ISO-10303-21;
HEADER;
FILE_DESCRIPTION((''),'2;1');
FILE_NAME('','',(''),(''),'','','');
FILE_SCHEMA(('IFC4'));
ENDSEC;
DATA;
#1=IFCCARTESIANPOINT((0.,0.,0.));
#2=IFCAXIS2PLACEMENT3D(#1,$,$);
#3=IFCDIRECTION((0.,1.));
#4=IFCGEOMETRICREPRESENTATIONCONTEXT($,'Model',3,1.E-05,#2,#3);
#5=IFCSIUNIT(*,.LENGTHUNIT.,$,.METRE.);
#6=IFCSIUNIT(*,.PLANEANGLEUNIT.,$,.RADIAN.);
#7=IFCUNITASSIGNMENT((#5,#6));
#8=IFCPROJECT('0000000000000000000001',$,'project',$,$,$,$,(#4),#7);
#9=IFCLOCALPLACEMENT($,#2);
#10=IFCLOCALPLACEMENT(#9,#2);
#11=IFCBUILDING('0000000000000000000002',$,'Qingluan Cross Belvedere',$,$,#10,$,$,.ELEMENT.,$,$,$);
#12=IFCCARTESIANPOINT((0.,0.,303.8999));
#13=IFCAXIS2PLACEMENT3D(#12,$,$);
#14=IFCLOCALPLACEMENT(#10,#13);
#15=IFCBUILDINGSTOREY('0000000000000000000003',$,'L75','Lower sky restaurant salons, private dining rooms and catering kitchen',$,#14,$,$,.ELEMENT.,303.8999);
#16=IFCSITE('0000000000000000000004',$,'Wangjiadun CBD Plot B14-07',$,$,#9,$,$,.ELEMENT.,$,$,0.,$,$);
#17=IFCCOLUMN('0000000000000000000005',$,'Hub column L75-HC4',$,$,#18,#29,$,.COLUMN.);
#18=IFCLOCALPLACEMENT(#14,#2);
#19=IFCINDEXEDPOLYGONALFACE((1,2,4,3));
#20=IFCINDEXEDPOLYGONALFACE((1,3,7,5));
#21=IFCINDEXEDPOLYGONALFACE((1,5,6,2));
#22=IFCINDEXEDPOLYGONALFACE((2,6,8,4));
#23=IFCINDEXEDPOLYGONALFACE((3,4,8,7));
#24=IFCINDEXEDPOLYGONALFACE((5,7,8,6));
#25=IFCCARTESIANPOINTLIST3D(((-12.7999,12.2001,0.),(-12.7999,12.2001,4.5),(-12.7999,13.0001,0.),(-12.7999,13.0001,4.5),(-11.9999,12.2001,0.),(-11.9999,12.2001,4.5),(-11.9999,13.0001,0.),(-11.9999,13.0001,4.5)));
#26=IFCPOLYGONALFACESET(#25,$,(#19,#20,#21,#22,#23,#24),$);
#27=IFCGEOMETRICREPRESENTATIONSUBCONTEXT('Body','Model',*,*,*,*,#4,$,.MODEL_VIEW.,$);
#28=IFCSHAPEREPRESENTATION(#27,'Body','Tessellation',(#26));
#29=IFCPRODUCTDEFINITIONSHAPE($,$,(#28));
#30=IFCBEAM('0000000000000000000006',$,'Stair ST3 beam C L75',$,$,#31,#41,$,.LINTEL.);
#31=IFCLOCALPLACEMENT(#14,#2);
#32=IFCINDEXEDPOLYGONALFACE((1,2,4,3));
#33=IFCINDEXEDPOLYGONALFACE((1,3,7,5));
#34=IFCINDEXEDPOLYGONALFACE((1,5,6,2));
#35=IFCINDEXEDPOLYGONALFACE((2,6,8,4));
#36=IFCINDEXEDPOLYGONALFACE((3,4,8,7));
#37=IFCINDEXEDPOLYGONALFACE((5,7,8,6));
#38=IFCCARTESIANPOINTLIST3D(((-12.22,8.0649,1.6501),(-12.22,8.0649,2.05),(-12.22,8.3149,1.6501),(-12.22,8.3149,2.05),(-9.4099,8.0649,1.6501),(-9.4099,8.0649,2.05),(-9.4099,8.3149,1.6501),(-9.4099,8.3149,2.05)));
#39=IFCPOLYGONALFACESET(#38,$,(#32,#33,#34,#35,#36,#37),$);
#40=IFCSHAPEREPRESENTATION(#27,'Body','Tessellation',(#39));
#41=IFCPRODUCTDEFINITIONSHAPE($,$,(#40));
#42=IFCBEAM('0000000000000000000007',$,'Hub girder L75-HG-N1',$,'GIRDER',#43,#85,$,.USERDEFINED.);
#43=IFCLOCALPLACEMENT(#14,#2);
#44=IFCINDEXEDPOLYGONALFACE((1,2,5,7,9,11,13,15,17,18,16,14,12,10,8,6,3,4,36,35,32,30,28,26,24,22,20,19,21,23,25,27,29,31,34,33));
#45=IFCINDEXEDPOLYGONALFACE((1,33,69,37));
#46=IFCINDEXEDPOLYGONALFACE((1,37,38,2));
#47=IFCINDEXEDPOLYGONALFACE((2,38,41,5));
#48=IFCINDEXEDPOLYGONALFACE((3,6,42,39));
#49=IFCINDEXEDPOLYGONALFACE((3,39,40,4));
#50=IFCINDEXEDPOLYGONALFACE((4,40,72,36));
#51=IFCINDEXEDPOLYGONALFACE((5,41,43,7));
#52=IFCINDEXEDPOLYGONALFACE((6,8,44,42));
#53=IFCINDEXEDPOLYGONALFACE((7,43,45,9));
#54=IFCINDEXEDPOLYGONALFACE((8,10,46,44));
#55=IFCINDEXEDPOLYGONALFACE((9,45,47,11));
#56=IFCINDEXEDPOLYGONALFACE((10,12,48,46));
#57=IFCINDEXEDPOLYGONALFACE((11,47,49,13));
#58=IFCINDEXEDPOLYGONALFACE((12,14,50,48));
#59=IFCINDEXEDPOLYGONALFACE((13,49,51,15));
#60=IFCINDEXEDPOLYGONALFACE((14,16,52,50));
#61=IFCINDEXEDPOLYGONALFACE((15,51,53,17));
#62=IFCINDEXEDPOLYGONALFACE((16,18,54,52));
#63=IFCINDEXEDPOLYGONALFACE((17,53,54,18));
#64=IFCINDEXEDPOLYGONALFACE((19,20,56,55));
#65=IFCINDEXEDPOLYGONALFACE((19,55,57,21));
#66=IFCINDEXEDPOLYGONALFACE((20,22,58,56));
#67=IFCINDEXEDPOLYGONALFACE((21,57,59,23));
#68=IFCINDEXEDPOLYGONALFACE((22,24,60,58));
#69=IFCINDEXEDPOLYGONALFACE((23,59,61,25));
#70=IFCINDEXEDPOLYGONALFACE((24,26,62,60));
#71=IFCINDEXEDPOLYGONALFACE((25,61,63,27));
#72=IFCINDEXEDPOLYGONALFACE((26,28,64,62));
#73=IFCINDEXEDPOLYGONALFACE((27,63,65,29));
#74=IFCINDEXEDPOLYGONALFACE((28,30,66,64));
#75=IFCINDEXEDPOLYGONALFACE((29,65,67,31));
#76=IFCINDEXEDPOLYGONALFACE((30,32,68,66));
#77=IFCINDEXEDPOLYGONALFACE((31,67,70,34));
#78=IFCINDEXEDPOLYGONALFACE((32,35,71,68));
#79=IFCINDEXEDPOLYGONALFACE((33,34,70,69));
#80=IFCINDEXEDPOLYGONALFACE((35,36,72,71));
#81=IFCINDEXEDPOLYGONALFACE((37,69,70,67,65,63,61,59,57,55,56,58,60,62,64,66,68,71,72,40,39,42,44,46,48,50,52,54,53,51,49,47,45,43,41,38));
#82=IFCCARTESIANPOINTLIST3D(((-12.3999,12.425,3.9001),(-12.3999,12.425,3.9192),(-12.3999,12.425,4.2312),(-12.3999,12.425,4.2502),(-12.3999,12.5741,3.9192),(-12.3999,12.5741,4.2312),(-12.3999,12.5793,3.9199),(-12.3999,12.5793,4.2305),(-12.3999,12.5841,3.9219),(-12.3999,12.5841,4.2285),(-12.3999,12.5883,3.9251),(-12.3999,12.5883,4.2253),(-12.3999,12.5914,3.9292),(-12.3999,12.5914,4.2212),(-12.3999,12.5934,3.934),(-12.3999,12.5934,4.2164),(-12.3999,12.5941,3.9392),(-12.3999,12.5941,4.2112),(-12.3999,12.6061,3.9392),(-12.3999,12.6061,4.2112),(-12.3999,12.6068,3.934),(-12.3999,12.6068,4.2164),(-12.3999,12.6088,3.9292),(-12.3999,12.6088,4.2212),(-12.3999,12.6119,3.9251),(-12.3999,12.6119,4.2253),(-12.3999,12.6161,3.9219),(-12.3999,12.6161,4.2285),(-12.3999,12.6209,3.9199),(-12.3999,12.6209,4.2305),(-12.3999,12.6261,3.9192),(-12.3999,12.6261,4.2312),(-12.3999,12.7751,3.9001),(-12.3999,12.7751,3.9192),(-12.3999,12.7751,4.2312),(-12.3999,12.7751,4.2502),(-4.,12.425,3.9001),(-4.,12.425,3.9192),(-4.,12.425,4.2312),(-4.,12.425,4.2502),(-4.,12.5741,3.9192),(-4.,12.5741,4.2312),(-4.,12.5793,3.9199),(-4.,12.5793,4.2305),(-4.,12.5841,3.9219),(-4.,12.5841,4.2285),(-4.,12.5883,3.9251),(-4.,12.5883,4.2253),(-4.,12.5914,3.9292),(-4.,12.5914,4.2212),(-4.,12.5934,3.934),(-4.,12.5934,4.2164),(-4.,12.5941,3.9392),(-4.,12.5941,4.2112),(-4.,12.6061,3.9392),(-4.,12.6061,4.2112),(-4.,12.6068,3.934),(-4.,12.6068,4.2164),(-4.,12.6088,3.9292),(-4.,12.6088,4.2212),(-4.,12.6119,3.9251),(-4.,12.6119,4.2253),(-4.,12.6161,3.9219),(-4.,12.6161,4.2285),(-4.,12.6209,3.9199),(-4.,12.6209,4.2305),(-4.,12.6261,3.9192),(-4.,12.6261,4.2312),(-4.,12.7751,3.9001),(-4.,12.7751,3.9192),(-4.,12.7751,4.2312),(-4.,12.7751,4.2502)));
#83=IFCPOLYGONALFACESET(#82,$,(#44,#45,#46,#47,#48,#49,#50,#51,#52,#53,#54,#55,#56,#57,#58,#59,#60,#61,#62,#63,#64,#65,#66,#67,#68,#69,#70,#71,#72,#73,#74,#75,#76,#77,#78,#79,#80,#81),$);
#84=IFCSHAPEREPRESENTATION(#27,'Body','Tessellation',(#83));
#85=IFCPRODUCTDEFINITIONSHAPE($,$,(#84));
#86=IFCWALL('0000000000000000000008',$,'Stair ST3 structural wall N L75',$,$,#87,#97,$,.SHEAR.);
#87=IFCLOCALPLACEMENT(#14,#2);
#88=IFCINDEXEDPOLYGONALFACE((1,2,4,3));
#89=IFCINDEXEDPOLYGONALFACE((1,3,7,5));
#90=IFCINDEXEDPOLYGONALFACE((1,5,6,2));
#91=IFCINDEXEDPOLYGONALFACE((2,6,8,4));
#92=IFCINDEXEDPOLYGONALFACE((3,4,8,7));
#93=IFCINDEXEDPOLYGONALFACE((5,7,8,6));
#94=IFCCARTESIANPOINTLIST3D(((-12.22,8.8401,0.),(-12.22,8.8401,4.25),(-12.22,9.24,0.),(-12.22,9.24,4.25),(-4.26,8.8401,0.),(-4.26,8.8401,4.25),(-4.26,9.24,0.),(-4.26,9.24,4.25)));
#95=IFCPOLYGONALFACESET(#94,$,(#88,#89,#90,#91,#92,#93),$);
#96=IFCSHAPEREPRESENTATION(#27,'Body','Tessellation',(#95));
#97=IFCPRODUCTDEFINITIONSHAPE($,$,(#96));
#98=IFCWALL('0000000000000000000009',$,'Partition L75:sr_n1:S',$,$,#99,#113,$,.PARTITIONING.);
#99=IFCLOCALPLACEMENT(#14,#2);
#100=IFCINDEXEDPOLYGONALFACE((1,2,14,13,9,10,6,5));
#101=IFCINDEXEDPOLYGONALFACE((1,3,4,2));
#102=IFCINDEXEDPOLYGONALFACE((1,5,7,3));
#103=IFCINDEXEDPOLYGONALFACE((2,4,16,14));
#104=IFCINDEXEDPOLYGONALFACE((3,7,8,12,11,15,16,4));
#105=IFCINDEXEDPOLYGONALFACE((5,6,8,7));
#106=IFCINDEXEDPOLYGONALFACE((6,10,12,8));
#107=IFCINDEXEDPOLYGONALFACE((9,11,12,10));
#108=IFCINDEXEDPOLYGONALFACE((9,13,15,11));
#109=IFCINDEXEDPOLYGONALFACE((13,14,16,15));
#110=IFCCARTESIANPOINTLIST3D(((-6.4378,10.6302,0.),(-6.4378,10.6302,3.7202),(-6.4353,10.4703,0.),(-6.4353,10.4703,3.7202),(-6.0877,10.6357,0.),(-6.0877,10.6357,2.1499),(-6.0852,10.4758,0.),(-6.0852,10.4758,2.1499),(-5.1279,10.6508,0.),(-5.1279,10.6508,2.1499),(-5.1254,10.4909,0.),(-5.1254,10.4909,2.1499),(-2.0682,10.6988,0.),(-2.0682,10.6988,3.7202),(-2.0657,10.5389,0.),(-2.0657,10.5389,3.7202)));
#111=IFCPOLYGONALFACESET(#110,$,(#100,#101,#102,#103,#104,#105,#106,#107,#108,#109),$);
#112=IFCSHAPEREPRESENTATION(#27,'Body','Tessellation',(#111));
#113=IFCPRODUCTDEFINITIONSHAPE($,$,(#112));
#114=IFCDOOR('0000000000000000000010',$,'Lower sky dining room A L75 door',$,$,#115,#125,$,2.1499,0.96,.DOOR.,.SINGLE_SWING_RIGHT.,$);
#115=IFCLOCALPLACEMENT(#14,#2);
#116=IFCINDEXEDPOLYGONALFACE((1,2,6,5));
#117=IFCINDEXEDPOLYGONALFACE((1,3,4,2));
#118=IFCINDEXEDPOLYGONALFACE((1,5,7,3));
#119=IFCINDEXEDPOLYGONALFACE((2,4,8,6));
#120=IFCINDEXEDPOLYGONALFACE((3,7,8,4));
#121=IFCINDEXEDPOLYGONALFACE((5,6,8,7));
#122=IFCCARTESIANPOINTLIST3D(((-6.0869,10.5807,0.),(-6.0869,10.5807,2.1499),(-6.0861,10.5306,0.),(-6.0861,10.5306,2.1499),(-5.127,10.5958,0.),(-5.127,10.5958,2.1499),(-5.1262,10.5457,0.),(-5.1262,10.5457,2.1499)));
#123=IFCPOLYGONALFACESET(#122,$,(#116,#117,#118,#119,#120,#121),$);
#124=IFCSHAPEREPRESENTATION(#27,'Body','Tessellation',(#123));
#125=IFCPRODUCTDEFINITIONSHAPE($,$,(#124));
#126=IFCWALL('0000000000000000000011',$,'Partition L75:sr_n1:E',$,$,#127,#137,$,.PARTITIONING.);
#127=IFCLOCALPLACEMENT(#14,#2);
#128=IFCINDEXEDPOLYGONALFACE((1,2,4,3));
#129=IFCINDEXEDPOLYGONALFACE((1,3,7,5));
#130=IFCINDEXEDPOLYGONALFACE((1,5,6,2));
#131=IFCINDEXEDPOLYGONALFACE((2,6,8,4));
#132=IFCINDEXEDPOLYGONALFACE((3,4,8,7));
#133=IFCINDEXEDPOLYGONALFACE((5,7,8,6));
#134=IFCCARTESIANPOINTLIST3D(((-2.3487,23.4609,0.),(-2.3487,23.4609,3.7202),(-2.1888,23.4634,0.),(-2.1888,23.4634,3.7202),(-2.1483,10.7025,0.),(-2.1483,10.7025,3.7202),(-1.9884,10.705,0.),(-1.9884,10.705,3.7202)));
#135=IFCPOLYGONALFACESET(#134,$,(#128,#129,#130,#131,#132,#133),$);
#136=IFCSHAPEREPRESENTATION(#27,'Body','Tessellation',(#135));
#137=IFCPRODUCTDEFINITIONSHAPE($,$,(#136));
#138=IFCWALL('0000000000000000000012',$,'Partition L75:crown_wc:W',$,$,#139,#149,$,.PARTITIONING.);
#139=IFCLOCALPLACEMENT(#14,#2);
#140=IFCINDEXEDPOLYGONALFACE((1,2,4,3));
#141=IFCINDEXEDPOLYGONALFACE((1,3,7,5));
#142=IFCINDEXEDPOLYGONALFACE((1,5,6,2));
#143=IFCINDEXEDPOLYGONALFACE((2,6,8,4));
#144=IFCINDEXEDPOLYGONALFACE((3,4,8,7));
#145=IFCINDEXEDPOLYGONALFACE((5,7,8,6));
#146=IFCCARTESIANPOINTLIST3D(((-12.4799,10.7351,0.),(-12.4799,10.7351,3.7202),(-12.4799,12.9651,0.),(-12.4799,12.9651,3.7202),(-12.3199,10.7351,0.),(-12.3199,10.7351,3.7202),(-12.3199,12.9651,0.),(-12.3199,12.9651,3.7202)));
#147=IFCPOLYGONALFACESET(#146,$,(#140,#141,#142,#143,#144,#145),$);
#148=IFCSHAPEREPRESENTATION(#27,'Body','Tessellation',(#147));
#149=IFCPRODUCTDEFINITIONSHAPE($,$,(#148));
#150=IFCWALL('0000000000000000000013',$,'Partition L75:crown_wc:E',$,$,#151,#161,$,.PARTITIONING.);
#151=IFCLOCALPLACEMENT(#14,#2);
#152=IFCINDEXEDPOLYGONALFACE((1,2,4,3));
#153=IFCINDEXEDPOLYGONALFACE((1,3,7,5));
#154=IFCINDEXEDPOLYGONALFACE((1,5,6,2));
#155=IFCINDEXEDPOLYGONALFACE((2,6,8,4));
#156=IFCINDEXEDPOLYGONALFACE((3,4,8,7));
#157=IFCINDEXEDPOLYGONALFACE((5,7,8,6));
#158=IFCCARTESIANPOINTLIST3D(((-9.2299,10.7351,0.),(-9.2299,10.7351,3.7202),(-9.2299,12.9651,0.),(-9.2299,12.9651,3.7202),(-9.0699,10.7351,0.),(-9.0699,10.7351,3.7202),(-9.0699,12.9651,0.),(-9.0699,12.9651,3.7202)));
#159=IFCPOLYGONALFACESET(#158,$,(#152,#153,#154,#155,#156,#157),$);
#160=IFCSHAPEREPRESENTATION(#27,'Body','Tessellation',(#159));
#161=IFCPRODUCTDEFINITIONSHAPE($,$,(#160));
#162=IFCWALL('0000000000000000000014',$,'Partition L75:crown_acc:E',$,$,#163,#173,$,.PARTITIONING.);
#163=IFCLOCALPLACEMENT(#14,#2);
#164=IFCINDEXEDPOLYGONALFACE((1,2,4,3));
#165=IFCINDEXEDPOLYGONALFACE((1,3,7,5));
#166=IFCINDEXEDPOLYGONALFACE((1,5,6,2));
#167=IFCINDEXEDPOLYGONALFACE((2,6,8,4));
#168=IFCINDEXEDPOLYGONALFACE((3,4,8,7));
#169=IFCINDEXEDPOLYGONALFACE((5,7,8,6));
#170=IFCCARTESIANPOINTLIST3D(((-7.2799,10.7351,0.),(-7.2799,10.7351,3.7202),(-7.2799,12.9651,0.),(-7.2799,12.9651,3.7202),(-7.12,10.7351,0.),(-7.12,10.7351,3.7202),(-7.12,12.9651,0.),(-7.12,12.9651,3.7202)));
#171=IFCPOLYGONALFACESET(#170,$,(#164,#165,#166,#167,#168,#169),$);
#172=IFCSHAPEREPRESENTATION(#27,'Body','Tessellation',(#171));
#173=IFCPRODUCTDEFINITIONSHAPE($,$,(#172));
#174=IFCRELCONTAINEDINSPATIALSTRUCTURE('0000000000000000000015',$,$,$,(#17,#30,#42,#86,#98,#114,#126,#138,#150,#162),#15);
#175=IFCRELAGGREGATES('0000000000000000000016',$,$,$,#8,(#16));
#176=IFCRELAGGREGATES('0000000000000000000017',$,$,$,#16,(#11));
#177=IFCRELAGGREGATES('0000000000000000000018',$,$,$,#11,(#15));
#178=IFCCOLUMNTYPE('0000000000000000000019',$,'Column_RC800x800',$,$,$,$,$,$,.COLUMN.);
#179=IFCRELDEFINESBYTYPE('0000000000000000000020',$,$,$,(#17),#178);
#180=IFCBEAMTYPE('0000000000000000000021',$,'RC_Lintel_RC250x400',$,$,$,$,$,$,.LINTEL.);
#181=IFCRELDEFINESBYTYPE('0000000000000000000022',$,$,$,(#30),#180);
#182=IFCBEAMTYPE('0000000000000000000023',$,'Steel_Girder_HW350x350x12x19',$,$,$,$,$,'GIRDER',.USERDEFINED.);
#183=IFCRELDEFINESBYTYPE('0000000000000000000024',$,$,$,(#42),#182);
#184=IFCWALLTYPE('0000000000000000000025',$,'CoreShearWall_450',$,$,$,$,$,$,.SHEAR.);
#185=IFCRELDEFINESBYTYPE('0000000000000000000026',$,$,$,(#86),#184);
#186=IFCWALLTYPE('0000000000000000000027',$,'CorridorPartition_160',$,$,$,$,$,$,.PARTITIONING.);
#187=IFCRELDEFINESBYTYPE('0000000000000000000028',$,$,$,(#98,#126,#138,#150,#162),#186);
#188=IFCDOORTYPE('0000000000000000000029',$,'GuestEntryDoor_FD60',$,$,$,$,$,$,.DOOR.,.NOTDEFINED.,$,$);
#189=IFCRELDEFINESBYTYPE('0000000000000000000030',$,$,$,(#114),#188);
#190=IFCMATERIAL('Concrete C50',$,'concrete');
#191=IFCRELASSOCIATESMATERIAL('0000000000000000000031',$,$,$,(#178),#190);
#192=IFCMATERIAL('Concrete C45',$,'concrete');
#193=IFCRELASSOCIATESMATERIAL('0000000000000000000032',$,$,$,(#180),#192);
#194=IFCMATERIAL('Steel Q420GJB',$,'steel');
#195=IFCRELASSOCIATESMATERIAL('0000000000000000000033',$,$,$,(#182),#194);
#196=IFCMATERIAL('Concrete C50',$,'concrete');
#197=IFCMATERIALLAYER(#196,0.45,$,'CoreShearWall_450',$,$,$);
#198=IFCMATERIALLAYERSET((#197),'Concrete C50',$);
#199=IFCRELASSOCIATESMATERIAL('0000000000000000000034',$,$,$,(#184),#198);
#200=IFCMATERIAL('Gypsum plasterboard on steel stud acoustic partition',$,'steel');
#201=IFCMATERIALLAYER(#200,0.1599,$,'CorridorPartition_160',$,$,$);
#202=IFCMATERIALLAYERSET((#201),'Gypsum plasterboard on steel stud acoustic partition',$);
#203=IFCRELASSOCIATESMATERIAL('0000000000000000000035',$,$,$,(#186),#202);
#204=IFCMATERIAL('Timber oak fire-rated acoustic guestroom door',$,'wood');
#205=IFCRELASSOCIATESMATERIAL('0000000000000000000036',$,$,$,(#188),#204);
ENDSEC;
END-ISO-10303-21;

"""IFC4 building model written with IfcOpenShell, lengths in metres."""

from ifc_helpers import new_model, si_unit, direction, frame, frame_2d, origin, origin_2d, place, context, subcontext, project, spatial, rectangle, i_section, extrude, material, layer, layer_set, material_profile, profile_set, type_object, element, fill, save


model = new_model("IFC4")

# Units and contexts
model_context = context("Model", 3, precision=1e-05, world=origin(), true_north=direction((0.0, 1.0)))
body_context = subcontext(model_context, "Body", "Model", "MODEL_VIEW")
ifc_project = project(units=[si_unit("LENGTHUNIT", "METRE"), si_unit("PLANEANGLEUNIT", "RADIAN")], contexts=[model_context])

# Site, building, storey
site_placement = place(None, origin())
site = spatial("IfcSite", under=ifc_project, at=site_placement, Name="Wangjiadun CBD Plot B14-07", CompositionType="ELEMENT", RefElevation=0.0)
building_placement = place(site_placement, origin())
building = spatial("IfcBuilding", under=site, at=building_placement, Name="Qingluan Cross Belvedere", CompositionType="ELEMENT")
storey_placement = place(building_placement, frame((0.0, 0.0, 303.8999)))
storey = spatial("IfcBuildingStorey", under=building, at=storey_placement, Name="L75", Description="Lower sky restaurant salons, private dining rooms and catering kitchen", CompositionType="ELEMENT", Elevation=303.8999)

# Column
ifc_material_1 = material(Name="Concrete C50", Category="concrete")
ifc_material_profile_1 = material_profile(ifc_material_1, rectangle(XDim=0.8, YDim=0.8, at=origin_2d()), Name="RC800x800")
ifc_profile_set_1 = profile_set([ifc_material_profile_1], Name="Concrete C50")
column_type = type_object("IfcColumnType", Name="Column_RC800x800", PredefinedType="COLUMN", material=ifc_profile_set_1)
column_placement = place(storey_placement, frame((-12.3999, 12.6001, 0.0), z_axis=(0.0, 0.0, 1.0), x_axis=(1.0, 0.0, 0.0)))
element("IfcColumn", 1, at=column_placement, inside=storey, type_object=column_type, Name="Hub column L75-HC4", PredefinedType="COLUMN", context=body_context, shape_type="SweptSolid", body=[
    extrude(rectangle(XDim=0.8, YDim=0.8, at=origin_2d()), origin(), (0.0, 0.0, 1.0), 4.5),
])

# Beams
ifc_material_2 = material(Name="Concrete C45", Category="concrete")
ifc_material_profile_2 = material_profile(ifc_material_2, rectangle(XDim=0.25, YDim=0.3999, at=origin_2d()), Name="RC250x400")
ifc_profile_set_2 = profile_set([ifc_material_profile_2], Name="Concrete C45")
beam_type_1 = type_object("IfcBeamType", Name="RC_Lintel_RC250x400", PredefinedType="LINTEL", material=ifc_profile_set_2)
beam_1_placement = place(storey_placement, frame((-12.22, 8.1899, 1.8501), z_axis=(1.0, 0.0, 0.0), x_axis=(0.0, 1.0, 0.0)))
element("IfcBeam", 2, at=beam_1_placement, inside=storey, type_object=beam_type_1, Name="Stair ST3 beam C L75", PredefinedType="LINTEL", context=body_context, shape_type="SweptSolid", body=[
    extrude(rectangle(XDim=0.25, YDim=0.3999, at=origin_2d()), origin(), (0.0, 0.0, 1.0), 2.8101),
])
ifc_material_3 = material(Name="Steel Q420GJB", Category="steel")
ifc_material_profile_3 = material_profile(ifc_material_3, i_section(OverallWidth=0.3501, OverallDepth=0.3501, WebThickness=0.012, FlangeThickness=0.019, FilletRadius=0.02, at=origin_2d()), Name="HW350x350x12x19")
ifc_profile_set_3 = profile_set([ifc_material_profile_3], Name="Steel Q420GJB")
beam_type_2 = type_object("IfcBeamType", Name="Steel_Girder_HW350x350x12x19", ElementType="GIRDER", PredefinedType="USERDEFINED", material=ifc_profile_set_3)
beam_2_placement = place(storey_placement, frame((-12.3999, 12.6001, 4.0752), z_axis=(1.0, 0.0, 0.0), x_axis=(0.0, 1.0, 0.0)))
element("IfcBeam", 3, at=beam_2_placement, inside=storey, type_object=beam_type_2, Name="Hub girder L75-HG-N1", ObjectType="GIRDER", PredefinedType="USERDEFINED", context=body_context, shape_type="SweptSolid", body=[
    extrude(i_section(OverallWidth=0.3501, OverallDepth=0.3501, WebThickness=0.012, FlangeThickness=0.019, FilletRadius=0.02, at=origin_2d()), origin(), (0.0, 0.0, 1.0), 8.3999),
])

# Wall
ifc_material_4 = material(Name="Concrete C50", Category="concrete")
ifc_layer_1 = layer(ifc_material_4, 0.45, Name="CoreShearWall_450")
ifc_layer_set_1 = layer_set([ifc_layer_1], Name="Concrete C50")
wall_type_1 = type_object("IfcWallType", Name="CoreShearWall_450", PredefinedType="SHEAR", material=ifc_layer_set_1)
wall_1_placement = place(storey_placement, frame((-12.22, 9.04, 0.0), z_axis=(0.0, 0.0, 1.0), x_axis=(1.0, 0.0, 0.0)))
element("IfcWall", 4, at=wall_1_placement, inside=storey, type_object=wall_type_1, Name="Stair ST3 structural wall N L75", PredefinedType="SHEAR", context=body_context, shape_type="SweptSolid", body=[
    extrude(rectangle(XDim=7.96, YDim=0.3999, at=frame_2d((3.98, 0.0))), origin(), (0.0, 0.0, 1.0), 4.25),
])

# Wall, opening, door
ifc_material_5 = material(Name="Gypsum plasterboard on steel stud acoustic partition", Category="steel")
ifc_layer_2 = layer(ifc_material_5, 0.1599, Name="CorridorPartition_160")
ifc_layer_set_2 = layer_set([ifc_layer_2], Name="Gypsum plasterboard on steel stud acoustic partition")
wall_type_2 = type_object("IfcWallType", Name="CorridorPartition_160", PredefinedType="PARTITIONING", material=ifc_layer_set_2)
wall_2_placement = place(storey_placement, frame((-6.4365, 10.5503, 0.0), z_axis=(0.0, 0.0, 1.0), x_axis=(0.999877, 0.015698, 0.0)))
wall_2 = element("IfcWall", 5, at=wall_2_placement, inside=storey, type_object=wall_type_2, Name="Partition L75:sr_n1:S", PredefinedType="PARTITIONING", context=body_context, shape_type="SweptSolid", body=[
    extrude(rectangle(XDim=4.3701, YDim=0.1599, at=frame_2d((2.1851, 0.0))), origin(), (0.0, 0.0, 1.0), 3.7202),
])
opening_1_placement = place(wall_2_placement, frame((0.3501, 0.0, 0.0)))
opening_1 = element("IfcOpeningElement", 6, at=opening_1_placement, cuts=wall_2, PredefinedType="OPENING", context=body_context, shape_type="SweptSolid", body=[
    extrude(rectangle(XDim=0.96, YDim=2.1499, at=frame_2d((0.48, 1.075))), frame((0.0, 0.0898, 0.0), z_axis=(0.0, -1.0, 0.0), x_axis=(1.0, 0.0, 0.0)), (0.0, 0.0, 1.0), 0.1799),
])
ifc_material_6 = material(Name="Timber oak fire-rated acoustic guestroom door", Category="wood")
door_type_1 = type_object("IfcDoorType", Name="GuestEntryDoor_FD60", OperationType="NOTDEFINED", PredefinedType="DOOR", material=ifc_material_6)
door_1_placement = place(opening_1_placement, origin())
door_1 = element("IfcDoor", 7, at=door_1_placement, inside=storey, type_object=door_type_1, Name="Lower sky dining room A L75 door", OperationType="SINGLE_SWING_RIGHT", OverallHeight=2.1499, OverallWidth=0.96, PredefinedType="DOOR", context=body_context, shape_type="SweptSolid", body=[
    extrude(rectangle(XDim=0.96, YDim=2.1499, at=frame_2d((0.48, 1.075))), frame((0.0, 0.0249, 0.0), z_axis=(0.0, -1.0, 0.0), x_axis=(1.0, 0.0, 0.0)), (0.0, 0.0, 1.0), 0.05),
])
fill(opening_1, door_1)

# Wall
wall_3_placement = place(storey_placement, frame((-2.0684, 10.7039, 0.0), z_axis=(0.0, 0.0, 1.0), x_axis=(-0.015708, 0.999877, 0.0)))
element("IfcWall", 8, at=wall_3_placement, inside=storey, type_object=wall_type_2, Name="Partition L75:sr_n1:E", PredefinedType="PARTITIONING", context=body_context, shape_type="SweptSolid", body=[
    extrude(rectangle(XDim=12.76, YDim=0.1599, at=frame_2d((6.3799, 0.0))), origin(), (0.0, 0.0, 1.0), 3.7202),
])

# Walls
for number, where, z_axis, x_axis, name in (
    (9, (-12.3999, 10.7351, 0.0), (0.0, 0.0, 1.0), (0.0, 1.0, 0.0), "Partition L75:crown_wc:W"),
    (10, (-9.1499, 10.7351, 0.0), (0.0, 0.0, 1.0), (0.0, 1.0, 0.0), "Partition L75:crown_wc:E"),
):
    element("IfcWall", number, at=place(storey_placement, frame(where, z_axis=z_axis, x_axis=x_axis)), inside=storey, type_object=wall_type_2, Name=name, PredefinedType="PARTITIONING", context=body_context, shape_type="SweptSolid", body=[
        extrude(rectangle(XDim=2.23, YDim=0.1599, at=frame_2d((1.115, 0.0))), origin(), (0.0, 0.0, 1.0), 3.7202),
    ])

# Wall
wall_4_placement = place(storey_placement, frame((-7.2, 10.7351, 0.0), z_axis=(0.0, 0.0, 1.0), x_axis=(0.0, 1.0, 0.0)))
element("IfcWall", 11, at=wall_4_placement, inside=storey, type_object=wall_type_2, Name="Partition L75:crown_acc:E", PredefinedType="PARTITIONING", context=body_context, shape_type="SweptSolid", body=[
    extrude(rectangle(XDim=2.23, YDim=0.1599, at=frame_2d((1.115, 0.0))), origin(), (0.0, 0.0, 1.0), 3.7202),
])

save(model, "model.ifc")
